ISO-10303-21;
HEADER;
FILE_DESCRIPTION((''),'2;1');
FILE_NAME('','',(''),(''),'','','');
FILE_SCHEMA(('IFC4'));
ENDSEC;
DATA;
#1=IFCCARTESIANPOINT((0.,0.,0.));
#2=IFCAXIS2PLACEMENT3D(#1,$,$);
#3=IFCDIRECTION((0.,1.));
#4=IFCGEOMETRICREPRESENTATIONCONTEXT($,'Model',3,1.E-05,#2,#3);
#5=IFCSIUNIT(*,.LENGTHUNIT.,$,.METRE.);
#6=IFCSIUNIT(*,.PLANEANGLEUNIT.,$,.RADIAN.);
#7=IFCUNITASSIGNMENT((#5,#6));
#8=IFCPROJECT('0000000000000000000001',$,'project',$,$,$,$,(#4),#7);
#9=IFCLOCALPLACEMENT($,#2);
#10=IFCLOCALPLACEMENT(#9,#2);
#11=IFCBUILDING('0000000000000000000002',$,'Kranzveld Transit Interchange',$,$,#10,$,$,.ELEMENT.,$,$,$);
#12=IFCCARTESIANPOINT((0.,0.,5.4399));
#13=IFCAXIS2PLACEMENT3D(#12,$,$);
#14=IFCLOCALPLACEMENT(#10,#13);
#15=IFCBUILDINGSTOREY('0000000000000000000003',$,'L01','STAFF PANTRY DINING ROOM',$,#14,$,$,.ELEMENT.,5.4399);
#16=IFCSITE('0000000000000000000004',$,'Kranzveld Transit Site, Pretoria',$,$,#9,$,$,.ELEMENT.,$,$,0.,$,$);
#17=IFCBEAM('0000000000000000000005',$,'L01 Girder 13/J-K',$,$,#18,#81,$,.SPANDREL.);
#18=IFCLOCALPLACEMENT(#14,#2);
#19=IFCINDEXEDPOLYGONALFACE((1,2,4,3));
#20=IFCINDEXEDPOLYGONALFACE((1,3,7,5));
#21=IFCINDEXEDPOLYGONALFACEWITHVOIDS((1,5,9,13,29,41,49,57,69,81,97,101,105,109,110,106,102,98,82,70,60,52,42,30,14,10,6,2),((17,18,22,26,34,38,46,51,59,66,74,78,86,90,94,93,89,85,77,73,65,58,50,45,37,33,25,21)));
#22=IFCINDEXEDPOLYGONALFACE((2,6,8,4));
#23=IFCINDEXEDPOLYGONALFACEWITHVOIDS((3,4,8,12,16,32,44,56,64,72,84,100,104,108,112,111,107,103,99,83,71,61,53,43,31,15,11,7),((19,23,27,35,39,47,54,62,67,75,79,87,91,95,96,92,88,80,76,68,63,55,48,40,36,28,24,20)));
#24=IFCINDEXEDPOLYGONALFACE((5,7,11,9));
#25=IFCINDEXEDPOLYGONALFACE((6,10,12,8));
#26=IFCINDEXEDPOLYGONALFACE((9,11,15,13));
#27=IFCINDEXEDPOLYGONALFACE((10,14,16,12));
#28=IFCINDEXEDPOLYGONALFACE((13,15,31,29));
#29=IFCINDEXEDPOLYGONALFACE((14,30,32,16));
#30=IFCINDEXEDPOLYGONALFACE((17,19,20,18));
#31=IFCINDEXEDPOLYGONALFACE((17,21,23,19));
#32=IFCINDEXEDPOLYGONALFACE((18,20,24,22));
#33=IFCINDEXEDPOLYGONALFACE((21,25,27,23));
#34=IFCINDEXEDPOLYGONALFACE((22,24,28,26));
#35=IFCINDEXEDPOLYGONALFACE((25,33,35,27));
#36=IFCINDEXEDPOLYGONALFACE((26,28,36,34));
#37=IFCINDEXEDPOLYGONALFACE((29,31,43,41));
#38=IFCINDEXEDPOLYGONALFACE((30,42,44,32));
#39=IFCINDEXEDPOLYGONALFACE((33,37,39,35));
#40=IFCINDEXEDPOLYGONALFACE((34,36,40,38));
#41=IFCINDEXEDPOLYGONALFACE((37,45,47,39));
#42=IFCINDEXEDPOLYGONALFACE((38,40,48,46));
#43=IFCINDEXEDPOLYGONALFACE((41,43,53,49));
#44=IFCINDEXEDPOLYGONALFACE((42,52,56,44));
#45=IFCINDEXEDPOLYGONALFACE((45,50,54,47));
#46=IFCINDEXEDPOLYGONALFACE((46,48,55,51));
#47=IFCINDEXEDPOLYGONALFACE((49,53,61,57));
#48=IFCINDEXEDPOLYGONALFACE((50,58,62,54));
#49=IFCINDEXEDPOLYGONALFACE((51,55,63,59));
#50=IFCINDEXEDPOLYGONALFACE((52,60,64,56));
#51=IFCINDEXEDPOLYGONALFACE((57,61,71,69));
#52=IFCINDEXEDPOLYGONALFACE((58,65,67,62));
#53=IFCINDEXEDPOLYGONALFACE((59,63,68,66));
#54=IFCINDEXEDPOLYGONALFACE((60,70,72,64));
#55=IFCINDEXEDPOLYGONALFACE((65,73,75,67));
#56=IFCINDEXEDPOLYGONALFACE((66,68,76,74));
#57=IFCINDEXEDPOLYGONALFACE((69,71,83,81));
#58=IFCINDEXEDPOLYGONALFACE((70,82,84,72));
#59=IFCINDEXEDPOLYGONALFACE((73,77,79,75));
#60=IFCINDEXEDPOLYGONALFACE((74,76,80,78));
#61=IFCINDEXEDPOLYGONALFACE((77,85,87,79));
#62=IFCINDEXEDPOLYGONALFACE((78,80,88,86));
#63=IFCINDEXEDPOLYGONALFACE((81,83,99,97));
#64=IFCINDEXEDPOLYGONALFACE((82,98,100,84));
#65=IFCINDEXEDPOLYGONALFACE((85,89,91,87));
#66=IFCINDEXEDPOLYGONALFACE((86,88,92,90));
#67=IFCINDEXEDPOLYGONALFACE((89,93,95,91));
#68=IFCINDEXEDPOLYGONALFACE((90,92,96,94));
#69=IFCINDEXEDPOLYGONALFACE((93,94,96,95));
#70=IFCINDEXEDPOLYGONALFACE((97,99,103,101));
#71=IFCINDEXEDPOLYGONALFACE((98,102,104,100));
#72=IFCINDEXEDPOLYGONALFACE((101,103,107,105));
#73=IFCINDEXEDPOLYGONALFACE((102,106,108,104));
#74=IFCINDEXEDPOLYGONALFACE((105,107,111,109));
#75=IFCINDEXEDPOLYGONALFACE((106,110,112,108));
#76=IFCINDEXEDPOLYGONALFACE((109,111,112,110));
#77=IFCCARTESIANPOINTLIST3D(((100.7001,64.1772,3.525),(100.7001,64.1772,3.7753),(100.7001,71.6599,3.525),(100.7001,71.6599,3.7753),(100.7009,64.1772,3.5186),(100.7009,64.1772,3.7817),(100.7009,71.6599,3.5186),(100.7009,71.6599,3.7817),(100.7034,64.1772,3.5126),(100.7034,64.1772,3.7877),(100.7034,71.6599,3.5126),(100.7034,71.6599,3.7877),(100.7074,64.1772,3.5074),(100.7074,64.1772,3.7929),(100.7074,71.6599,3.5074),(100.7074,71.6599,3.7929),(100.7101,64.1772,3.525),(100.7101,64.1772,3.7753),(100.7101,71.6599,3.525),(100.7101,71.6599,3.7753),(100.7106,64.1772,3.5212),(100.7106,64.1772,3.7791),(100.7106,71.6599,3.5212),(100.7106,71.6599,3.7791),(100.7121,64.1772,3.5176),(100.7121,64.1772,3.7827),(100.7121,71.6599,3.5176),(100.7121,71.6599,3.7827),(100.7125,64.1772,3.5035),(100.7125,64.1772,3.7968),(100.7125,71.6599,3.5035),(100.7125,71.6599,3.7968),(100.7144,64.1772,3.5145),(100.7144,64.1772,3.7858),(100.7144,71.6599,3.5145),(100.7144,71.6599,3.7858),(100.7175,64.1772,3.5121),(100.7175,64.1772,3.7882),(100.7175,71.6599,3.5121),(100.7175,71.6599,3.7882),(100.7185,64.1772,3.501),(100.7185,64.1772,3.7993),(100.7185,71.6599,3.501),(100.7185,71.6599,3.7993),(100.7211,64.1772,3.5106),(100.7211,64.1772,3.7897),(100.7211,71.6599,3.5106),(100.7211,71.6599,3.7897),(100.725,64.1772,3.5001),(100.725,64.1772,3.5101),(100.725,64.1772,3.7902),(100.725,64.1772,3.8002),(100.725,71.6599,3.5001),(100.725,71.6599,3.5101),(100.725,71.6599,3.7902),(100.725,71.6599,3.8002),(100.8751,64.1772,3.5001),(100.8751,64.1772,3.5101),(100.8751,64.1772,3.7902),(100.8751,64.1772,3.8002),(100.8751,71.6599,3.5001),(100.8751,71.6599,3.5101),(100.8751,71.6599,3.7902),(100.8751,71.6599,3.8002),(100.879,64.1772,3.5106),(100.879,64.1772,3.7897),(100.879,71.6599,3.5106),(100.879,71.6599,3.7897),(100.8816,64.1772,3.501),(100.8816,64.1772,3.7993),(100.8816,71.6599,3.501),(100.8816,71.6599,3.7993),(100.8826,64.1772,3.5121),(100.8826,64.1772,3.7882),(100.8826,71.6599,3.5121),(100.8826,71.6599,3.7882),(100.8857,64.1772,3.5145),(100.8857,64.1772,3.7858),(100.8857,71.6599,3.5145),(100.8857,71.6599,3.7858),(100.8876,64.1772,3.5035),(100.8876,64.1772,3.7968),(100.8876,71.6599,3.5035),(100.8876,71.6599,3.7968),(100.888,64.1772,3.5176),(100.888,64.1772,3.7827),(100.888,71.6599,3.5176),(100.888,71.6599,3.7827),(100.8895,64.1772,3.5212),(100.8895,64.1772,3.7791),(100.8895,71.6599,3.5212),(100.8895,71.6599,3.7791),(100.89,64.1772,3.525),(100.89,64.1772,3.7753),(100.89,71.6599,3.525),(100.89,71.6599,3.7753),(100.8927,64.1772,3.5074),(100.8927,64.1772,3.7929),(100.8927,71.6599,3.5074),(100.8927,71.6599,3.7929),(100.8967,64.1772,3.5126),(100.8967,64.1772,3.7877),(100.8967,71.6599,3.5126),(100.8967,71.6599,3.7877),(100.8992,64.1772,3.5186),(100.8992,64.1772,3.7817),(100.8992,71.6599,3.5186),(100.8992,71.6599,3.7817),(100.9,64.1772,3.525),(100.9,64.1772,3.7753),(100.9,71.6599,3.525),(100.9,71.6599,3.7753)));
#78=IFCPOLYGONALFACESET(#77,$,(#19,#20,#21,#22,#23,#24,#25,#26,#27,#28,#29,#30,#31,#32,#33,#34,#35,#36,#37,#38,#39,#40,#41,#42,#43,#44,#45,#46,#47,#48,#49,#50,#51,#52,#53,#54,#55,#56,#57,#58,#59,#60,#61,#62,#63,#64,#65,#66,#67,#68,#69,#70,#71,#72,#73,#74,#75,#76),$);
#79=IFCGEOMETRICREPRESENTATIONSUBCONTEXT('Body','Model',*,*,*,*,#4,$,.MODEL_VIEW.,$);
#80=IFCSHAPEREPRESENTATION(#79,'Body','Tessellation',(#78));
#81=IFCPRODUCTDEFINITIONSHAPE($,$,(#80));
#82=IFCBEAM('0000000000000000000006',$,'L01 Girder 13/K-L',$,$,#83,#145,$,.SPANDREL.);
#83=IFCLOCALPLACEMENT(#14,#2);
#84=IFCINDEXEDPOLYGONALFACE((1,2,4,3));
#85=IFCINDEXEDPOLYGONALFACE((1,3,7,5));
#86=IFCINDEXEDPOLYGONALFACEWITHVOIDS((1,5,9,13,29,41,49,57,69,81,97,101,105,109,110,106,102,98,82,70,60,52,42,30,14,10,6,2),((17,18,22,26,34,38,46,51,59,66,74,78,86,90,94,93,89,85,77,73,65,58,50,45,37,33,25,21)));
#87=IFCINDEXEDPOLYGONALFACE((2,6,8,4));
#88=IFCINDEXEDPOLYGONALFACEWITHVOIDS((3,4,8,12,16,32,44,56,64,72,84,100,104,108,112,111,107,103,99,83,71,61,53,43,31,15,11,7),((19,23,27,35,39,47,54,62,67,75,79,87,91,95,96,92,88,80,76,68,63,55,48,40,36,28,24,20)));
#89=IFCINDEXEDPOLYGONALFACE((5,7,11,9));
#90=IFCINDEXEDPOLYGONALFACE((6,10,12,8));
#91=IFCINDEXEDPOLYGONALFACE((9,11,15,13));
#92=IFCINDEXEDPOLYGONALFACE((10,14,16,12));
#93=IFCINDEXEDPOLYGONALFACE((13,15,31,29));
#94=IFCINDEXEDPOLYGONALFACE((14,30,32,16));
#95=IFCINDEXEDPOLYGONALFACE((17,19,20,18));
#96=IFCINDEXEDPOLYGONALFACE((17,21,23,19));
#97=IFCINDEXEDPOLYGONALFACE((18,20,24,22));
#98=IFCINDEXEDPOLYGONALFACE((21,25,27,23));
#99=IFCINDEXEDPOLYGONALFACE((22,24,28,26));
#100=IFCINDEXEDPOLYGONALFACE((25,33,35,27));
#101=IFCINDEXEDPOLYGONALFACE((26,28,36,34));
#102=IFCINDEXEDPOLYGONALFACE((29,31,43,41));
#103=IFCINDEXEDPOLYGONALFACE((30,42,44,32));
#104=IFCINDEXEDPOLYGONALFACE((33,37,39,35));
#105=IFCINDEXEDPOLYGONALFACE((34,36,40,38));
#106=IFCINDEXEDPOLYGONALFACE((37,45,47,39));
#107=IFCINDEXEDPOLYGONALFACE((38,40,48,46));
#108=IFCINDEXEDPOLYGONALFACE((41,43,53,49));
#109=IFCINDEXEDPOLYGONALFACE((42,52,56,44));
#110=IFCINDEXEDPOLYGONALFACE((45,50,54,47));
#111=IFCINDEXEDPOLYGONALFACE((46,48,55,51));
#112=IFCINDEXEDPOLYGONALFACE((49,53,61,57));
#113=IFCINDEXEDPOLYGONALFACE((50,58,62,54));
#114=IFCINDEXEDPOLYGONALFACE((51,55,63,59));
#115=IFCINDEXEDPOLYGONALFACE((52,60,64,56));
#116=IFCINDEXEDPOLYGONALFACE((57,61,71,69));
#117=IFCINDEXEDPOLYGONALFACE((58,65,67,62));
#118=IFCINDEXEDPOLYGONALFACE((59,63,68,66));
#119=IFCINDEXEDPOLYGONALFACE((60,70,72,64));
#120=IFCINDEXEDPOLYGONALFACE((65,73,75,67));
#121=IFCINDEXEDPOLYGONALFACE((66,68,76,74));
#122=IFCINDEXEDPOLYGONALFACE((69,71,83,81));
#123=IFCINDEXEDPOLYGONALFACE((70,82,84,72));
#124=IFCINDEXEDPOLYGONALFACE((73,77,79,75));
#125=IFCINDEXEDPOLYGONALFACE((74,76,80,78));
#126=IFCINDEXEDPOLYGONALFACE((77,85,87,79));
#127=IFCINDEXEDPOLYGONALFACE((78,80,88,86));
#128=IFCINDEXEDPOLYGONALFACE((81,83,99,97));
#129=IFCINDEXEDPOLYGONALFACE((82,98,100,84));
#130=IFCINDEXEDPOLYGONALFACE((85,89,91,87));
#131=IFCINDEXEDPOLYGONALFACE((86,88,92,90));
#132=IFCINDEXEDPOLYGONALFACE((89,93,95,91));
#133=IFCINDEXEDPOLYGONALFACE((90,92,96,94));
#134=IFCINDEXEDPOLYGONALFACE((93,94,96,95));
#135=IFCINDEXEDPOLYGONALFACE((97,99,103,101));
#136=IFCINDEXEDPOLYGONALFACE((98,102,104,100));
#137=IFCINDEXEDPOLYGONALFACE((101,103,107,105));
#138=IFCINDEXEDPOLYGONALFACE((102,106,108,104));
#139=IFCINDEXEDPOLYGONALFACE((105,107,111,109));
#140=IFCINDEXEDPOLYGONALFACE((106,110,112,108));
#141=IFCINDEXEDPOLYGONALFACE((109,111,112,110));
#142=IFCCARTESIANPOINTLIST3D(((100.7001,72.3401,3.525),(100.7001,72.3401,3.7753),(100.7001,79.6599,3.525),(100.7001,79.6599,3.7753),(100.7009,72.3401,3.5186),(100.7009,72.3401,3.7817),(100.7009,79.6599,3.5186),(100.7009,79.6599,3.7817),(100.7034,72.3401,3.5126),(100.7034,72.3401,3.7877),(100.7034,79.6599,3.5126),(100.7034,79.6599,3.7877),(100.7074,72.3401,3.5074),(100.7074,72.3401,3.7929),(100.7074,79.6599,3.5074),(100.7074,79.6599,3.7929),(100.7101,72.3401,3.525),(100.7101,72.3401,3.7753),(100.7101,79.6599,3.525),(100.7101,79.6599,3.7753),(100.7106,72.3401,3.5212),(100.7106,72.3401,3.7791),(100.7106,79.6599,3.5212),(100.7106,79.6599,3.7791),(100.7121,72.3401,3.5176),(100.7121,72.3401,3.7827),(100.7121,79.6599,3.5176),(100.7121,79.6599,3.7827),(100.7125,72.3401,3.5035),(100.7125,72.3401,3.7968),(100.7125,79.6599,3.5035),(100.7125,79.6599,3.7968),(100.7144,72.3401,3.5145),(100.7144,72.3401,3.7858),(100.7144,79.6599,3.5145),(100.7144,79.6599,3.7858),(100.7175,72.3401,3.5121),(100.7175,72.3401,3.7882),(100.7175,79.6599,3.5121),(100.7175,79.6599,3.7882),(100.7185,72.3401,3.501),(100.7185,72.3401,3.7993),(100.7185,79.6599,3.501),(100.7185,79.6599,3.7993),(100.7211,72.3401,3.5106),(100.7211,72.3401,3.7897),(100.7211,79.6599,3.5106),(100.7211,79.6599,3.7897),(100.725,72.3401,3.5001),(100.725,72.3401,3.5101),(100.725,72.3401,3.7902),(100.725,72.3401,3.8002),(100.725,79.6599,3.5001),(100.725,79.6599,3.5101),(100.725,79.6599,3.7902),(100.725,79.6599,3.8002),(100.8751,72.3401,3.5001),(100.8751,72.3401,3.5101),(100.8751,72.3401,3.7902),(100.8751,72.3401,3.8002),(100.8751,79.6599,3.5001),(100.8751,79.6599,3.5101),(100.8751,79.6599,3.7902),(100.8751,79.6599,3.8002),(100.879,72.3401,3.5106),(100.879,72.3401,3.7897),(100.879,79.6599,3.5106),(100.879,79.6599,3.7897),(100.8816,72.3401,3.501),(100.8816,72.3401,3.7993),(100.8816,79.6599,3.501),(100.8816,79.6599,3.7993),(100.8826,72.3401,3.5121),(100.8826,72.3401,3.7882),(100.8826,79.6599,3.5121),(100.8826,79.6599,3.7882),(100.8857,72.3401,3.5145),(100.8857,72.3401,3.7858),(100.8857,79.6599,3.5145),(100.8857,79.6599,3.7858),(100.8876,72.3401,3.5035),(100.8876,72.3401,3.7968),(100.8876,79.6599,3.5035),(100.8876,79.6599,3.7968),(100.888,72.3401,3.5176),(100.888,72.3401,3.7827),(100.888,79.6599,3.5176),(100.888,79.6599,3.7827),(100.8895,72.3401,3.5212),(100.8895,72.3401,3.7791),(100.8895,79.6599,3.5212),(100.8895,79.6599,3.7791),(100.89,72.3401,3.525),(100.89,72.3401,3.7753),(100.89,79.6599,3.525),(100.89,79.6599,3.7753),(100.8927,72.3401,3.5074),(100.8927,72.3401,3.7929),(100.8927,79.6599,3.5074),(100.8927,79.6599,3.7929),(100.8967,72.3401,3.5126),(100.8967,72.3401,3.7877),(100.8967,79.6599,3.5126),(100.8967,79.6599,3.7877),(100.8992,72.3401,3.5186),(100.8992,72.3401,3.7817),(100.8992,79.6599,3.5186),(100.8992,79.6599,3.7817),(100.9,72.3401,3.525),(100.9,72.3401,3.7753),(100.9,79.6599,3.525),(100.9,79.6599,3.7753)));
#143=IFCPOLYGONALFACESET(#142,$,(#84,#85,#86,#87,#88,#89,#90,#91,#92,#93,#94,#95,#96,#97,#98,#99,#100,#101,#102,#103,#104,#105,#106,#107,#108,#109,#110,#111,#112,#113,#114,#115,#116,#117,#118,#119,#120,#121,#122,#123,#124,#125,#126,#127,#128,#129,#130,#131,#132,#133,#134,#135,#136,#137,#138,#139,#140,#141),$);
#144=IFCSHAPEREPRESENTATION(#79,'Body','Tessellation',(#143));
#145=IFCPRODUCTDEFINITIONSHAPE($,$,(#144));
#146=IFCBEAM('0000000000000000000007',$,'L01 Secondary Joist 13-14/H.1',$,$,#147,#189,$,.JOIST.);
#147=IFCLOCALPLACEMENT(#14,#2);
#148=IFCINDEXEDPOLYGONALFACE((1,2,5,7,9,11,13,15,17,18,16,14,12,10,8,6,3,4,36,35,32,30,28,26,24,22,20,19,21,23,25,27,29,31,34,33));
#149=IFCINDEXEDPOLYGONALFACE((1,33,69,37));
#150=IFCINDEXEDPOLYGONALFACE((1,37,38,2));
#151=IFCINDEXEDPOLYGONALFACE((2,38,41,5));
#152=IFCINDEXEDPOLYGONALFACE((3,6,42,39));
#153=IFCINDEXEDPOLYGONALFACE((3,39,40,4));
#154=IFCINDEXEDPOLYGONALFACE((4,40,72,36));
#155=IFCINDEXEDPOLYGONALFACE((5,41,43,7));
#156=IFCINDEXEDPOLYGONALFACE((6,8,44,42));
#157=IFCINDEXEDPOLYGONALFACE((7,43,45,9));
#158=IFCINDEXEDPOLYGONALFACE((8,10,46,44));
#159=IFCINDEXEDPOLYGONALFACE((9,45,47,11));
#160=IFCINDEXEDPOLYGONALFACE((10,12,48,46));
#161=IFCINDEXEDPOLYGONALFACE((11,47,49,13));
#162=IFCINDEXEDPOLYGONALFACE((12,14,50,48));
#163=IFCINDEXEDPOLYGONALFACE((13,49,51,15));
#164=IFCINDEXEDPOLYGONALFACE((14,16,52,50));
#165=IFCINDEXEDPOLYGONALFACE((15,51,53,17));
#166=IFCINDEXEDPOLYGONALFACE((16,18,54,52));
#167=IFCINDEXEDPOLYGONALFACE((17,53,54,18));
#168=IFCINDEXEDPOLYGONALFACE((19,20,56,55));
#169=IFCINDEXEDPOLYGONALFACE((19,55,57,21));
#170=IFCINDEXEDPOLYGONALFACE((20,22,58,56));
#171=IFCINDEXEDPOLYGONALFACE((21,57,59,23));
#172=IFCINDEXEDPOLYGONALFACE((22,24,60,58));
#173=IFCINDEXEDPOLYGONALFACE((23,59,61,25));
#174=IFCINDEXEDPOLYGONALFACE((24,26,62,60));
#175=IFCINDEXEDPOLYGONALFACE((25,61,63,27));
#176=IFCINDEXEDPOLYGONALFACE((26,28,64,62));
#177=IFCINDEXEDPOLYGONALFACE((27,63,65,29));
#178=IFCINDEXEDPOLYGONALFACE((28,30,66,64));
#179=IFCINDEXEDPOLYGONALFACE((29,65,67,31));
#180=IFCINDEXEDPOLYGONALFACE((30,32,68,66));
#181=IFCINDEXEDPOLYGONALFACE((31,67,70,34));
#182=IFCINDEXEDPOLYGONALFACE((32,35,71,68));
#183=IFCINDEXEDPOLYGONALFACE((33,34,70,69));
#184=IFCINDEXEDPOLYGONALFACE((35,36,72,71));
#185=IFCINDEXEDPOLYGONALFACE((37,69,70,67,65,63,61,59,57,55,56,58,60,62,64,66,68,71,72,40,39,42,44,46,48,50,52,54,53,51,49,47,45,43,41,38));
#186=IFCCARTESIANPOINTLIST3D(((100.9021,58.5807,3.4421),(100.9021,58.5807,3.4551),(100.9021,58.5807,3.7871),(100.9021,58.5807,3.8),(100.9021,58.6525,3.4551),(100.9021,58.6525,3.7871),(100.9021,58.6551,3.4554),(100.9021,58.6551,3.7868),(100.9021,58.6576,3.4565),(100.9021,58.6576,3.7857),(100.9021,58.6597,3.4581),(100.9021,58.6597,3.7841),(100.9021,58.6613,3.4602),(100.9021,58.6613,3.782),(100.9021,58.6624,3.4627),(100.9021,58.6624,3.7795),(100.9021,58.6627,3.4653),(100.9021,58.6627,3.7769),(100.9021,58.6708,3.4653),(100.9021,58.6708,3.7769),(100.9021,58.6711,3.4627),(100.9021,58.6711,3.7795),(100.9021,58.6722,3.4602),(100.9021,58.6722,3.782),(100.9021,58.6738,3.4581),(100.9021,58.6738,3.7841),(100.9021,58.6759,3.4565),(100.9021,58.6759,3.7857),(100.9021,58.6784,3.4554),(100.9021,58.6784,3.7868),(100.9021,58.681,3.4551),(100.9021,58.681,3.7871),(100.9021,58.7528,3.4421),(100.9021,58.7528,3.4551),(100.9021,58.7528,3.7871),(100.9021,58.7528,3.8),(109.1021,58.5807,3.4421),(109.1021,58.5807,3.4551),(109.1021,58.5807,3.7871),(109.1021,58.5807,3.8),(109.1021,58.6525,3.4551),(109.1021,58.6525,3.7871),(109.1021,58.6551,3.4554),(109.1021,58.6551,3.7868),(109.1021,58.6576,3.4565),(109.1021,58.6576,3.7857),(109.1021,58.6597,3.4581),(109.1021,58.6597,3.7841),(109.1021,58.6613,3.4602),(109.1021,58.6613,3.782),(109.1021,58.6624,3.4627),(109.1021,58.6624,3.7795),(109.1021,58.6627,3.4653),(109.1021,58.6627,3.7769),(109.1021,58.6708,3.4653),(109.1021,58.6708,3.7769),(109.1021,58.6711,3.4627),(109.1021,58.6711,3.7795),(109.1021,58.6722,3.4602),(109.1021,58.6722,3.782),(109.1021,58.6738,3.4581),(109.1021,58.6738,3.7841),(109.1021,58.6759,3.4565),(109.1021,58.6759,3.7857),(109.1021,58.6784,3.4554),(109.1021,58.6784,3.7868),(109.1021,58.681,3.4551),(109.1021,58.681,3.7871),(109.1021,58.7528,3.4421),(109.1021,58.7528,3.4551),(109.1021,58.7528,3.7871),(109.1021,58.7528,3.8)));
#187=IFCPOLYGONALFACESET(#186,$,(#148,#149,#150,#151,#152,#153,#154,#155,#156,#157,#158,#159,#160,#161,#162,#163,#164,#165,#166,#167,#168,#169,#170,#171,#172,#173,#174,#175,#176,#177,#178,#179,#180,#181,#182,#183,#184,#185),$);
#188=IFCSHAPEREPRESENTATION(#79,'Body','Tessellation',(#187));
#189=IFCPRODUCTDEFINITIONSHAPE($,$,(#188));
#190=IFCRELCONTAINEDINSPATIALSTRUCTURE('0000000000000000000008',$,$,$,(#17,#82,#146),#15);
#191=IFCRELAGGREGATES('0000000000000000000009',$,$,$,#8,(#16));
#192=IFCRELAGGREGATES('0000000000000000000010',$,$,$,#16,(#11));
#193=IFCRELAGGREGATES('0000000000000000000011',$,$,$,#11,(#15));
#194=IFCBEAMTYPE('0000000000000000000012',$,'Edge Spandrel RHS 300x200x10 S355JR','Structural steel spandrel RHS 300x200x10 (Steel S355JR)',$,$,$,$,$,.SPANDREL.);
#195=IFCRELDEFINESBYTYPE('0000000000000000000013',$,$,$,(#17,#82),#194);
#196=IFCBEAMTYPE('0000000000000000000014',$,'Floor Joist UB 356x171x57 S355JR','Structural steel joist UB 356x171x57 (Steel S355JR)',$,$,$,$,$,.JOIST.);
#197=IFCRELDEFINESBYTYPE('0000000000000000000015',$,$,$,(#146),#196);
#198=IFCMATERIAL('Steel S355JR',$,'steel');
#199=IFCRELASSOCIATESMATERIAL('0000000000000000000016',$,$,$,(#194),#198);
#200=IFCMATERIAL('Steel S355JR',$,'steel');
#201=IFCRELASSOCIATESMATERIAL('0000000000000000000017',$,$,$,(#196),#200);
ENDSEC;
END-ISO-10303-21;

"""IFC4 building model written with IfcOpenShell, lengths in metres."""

from ifc_helpers import new_model, si_unit, direction, frame, origin, origin_2d, place, context, subcontext, project, spatial, hollow_rectangle, i_section, extrude, material, material_profile, profile_set, type_object, element, save


model = new_model("IFC4")

# Units and contexts
model_context = context("Model", 3, precision=1e-05, world=origin(), true_north=direction((0.0, 1.0)))
body_context = subcontext(model_context, "Body", "Model", "MODEL_VIEW")
ifc_project = project(units=[si_unit("LENGTHUNIT", "METRE"), si_unit("PLANEANGLEUNIT", "RADIAN")], contexts=[model_context])

# Site, building, storey
site_placement = place(None, origin())
site = spatial("IfcSite", under=ifc_project, at=site_placement, Name="Kranzveld Transit Site, Pretoria", CompositionType="ELEMENT", RefElevation=0.0)
building_placement = place(site_placement, origin())
building = spatial("IfcBuilding", under=site, at=building_placement, Name="Kranzveld Transit Interchange", CompositionType="ELEMENT")
storey_placement = place(building_placement, frame((0.0, 0.0, 5.4399)))
storey = spatial("IfcBuildingStorey", under=building, at=storey_placement, Name="L01", Description="STAFF PANTRY DINING ROOM", CompositionType="ELEMENT", Elevation=5.4399)

# Beams
ifc_material_1 = material(Name="Steel S355JR", Category="steel")
ifc_material_profile_1 = material_profile(ifc_material_1, hollow_rectangle(XDim=0.2, YDim=0.3, WallThickness=0.01, InnerFilletRadius=0.0149, OuterFilletRadius=0.0249, at=origin_2d()), Name="RHS 300x200x10")
ifc_profile_set_1 = profile_set([ifc_material_profile_1], Name="Steel S355JR")
beam_type_1 = type_object("IfcBeamType", Name="Edge Spandrel RHS 300x200x10 S355JR", Description="Structural steel spandrel RHS 300x200x10 (Steel S355JR)", PredefinedType="SPANDREL", material=ifc_profile_set_1)
beam_1_placement = place(storey_placement, frame((100.8, 64.1772, 3.6501), z_axis=(0.0, 1.0, 0.0), x_axis=(-1.0, 0.0, 0.0)))
element("IfcBeam", 1, at=beam_1_placement, inside=storey, type_object=beam_type_1, Name="L01 Girder 13/J-K", PredefinedType="SPANDREL", context=body_context, shape_type="SweptSolid", body=[
    extrude(hollow_rectangle(XDim=0.2, YDim=0.3, WallThickness=0.01, InnerFilletRadius=0.0149, OuterFilletRadius=0.0249, at=origin_2d()), origin(), (0.0, 0.0, 1.0), 7.4827),
])
beam_2_placement = place(storey_placement, frame((100.8, 72.3401, 3.6501), z_axis=(0.0, 1.0, 0.0), x_axis=(-1.0, 0.0, 0.0)))
element("IfcBeam", 2, at=beam_2_placement, inside=storey, type_object=beam_type_1, Name="L01 Girder 13/K-L", PredefinedType="SPANDREL", context=body_context, shape_type="SweptSolid", body=[
    extrude(hollow_rectangle(XDim=0.2, YDim=0.3, WallThickness=0.01, InnerFilletRadius=0.0149, OuterFilletRadius=0.0249, at=origin_2d()), origin(), (0.0, 0.0, 1.0), 7.3198),
])
ifc_material_2 = material(Name="Steel S355JR", Category="steel")
ifc_material_profile_2 = material_profile(ifc_material_2, i_section(OverallWidth=0.1721, OverallDepth=0.3579, WebThickness=0.0081, FlangeThickness=0.0129, FilletRadius=0.0103, at=origin_2d()), Name="UB 356x171x57")
ifc_profile_set_2 = profile_set([ifc_material_profile_2], Name="Steel S355JR")
beam_type_2 = type_object("IfcBeamType", Name="Floor Joist UB 356x171x57 S355JR", Description="Structural steel joist UB 356x171x57 (Steel S355JR)", PredefinedType="JOIST", material=ifc_profile_set_2)
for number, where, z_axis, x_axis, name in (
    (3, (100.9021, 58.6667, 3.6211), (1.0, 0.0, 0.0), (0.0, 1.0, 0.0), "L01 Secondary Joist 13-14/H.1"),
):
    element("IfcBeam", number, at=place(storey_placement, frame(where, z_axis=z_axis, x_axis=x_axis)), inside=storey, type_object=beam_type_2, Name=name, PredefinedType="JOIST", context=body_context, shape_type="SweptSolid", body=[
        extrude(i_section(OverallWidth=0.1721, OverallDepth=0.3579, WebThickness=0.0081, FlangeThickness=0.0129, FilletRadius=0.0103, at=origin_2d()), origin(), (0.0, 0.0, 1.0), 8.2),
    ])

save(model, "model.ifc")
